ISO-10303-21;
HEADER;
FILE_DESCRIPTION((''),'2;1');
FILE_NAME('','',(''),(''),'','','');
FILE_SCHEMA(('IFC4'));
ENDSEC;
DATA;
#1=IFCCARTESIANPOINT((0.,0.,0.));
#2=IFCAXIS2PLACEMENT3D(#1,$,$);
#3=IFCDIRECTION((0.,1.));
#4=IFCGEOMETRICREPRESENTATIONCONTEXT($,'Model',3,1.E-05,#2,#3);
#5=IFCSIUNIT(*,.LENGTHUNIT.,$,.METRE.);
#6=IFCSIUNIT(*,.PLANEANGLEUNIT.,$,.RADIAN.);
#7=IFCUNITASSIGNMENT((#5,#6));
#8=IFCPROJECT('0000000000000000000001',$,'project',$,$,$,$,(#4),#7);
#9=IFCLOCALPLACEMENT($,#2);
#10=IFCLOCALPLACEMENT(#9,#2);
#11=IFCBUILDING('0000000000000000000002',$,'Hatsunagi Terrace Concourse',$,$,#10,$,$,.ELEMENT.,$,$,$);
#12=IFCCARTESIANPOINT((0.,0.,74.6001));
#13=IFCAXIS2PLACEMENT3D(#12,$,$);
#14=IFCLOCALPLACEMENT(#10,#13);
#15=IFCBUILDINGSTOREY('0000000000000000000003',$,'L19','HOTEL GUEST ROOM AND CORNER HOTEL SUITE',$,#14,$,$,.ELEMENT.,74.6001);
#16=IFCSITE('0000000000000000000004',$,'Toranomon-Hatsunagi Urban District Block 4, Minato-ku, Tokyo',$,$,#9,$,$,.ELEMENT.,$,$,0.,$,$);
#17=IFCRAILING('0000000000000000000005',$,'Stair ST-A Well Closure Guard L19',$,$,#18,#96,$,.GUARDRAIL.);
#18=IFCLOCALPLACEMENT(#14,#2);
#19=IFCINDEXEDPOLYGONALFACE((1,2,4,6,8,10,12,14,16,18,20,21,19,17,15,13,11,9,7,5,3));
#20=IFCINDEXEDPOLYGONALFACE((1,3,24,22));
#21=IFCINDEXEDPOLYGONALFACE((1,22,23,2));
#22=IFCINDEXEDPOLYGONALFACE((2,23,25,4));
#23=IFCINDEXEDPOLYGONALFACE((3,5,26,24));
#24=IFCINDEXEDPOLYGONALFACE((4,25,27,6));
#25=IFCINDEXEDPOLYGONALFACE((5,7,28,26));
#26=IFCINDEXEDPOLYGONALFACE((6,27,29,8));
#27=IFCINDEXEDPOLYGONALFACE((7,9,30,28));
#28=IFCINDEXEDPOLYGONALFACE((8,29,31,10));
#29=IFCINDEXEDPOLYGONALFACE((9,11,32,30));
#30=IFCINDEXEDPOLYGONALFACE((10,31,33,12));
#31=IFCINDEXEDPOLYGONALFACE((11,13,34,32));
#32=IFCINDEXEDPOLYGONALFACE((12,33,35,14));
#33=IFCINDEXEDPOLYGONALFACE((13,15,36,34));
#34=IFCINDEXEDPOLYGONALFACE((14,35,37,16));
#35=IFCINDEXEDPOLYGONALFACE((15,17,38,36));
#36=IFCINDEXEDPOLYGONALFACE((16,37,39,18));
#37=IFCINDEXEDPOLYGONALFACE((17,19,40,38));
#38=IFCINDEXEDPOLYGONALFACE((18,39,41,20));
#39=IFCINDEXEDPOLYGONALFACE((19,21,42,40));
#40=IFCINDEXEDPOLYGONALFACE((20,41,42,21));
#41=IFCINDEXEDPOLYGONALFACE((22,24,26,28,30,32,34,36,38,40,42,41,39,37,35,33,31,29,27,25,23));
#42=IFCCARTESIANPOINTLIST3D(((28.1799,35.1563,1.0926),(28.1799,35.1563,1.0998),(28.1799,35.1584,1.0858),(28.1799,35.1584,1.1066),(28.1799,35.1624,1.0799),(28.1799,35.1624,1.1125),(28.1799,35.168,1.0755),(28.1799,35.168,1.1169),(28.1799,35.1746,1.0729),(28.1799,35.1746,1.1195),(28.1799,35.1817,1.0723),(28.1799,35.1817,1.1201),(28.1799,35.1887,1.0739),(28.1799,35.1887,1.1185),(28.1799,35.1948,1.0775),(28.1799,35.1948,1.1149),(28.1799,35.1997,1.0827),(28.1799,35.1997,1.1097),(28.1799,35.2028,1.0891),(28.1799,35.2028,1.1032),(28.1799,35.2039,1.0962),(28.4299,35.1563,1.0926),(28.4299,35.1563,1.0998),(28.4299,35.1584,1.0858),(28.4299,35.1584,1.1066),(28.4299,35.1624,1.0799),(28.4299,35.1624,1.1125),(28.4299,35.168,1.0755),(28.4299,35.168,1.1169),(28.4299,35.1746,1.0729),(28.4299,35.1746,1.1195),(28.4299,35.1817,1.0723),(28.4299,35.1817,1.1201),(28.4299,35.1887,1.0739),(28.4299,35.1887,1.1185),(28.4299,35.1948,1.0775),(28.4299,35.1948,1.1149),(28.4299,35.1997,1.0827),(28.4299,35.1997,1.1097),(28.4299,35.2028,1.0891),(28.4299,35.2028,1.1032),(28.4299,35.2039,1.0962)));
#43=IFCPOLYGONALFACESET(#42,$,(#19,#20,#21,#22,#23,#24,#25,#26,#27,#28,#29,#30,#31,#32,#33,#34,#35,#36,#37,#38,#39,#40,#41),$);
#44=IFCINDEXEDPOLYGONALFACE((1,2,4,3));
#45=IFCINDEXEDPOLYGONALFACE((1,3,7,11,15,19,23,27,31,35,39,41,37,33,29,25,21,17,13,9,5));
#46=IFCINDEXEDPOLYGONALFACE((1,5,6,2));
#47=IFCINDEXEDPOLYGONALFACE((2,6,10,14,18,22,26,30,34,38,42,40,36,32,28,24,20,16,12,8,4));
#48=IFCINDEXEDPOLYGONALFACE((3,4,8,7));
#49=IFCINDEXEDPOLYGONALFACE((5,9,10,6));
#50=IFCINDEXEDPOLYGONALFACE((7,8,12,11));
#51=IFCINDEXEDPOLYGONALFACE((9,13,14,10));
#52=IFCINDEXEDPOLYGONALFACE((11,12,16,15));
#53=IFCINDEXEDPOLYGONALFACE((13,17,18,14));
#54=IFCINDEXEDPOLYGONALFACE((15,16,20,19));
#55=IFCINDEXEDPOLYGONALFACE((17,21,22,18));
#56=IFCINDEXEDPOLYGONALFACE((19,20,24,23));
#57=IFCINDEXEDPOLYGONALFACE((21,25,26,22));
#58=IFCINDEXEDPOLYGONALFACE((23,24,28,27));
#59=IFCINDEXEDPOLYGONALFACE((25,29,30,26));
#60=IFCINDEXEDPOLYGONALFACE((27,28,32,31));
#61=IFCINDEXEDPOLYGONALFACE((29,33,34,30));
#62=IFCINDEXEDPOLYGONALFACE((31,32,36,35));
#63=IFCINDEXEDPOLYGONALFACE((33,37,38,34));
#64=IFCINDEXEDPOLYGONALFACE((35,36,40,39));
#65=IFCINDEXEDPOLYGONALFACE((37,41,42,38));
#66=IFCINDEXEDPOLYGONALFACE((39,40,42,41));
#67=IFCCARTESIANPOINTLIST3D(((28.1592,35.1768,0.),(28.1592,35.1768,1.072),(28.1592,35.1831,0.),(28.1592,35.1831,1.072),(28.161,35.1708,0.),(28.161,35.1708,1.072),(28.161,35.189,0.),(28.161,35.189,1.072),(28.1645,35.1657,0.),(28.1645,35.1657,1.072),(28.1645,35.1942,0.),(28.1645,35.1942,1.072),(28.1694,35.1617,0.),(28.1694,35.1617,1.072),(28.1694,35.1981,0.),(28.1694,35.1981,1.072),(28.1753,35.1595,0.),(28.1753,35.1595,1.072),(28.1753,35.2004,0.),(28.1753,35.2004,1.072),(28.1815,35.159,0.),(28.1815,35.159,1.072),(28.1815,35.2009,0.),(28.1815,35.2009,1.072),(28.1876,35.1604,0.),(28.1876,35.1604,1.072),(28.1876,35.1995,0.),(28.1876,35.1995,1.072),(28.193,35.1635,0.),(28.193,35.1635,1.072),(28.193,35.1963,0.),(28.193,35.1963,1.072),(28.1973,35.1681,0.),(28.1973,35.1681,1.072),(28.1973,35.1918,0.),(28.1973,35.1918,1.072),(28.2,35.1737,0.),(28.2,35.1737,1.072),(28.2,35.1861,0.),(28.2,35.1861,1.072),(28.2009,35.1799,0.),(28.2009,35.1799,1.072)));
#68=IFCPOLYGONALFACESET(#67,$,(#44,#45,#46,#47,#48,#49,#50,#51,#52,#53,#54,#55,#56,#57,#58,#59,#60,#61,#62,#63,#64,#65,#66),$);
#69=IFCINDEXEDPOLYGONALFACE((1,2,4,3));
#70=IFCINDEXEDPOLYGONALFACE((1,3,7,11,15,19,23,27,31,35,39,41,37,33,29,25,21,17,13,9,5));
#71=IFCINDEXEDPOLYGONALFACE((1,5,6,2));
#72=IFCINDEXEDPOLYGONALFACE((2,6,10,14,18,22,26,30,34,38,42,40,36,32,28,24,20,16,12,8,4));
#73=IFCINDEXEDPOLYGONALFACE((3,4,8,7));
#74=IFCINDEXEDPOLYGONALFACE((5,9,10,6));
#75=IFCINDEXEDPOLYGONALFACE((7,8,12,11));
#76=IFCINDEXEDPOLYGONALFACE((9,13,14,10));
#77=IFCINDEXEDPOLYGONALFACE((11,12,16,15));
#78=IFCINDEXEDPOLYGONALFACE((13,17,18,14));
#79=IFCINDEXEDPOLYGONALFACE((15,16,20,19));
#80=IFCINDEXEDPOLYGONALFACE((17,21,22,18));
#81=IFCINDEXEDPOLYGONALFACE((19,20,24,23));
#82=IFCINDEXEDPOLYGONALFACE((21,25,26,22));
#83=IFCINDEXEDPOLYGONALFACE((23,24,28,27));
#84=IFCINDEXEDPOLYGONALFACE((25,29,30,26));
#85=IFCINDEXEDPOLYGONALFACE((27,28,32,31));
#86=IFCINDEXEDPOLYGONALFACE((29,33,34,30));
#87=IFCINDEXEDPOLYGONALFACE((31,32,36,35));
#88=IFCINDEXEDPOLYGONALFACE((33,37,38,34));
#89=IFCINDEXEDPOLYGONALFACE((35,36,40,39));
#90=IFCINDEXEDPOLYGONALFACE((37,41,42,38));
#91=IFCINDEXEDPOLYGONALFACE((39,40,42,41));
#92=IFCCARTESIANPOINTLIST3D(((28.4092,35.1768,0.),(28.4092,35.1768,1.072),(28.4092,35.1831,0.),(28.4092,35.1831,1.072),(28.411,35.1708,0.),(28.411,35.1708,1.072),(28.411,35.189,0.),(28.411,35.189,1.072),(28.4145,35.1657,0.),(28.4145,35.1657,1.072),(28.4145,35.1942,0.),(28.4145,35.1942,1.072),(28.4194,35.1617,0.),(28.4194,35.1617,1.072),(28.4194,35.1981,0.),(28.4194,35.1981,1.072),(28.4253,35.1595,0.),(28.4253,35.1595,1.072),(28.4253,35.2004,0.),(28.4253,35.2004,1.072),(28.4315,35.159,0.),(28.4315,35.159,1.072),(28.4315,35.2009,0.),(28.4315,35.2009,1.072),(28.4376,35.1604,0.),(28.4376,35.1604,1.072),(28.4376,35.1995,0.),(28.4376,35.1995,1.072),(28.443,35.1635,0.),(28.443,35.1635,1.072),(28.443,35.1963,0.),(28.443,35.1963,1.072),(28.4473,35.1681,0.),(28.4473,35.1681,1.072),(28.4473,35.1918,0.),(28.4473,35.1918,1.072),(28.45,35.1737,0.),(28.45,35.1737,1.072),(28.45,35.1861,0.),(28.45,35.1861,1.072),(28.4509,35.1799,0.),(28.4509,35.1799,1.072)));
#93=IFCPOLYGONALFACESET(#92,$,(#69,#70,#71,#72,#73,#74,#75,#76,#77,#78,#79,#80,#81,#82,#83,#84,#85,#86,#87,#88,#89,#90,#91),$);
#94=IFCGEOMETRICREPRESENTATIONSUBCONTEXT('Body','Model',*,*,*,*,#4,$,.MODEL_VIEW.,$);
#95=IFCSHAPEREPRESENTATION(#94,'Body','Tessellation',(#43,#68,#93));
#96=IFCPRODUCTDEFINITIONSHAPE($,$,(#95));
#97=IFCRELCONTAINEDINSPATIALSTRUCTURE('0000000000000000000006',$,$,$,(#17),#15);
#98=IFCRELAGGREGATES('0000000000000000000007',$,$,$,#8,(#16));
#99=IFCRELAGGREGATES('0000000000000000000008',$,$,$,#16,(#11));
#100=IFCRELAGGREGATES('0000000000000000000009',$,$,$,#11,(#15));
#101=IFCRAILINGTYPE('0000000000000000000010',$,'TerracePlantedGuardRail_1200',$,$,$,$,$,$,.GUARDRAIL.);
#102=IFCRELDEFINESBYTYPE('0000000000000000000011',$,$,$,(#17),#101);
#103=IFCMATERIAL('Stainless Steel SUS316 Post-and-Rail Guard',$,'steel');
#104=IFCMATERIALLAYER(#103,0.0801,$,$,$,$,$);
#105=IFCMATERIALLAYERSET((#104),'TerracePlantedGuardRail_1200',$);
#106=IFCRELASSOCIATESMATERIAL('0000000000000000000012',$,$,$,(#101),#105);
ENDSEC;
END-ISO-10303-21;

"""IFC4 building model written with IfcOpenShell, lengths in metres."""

from ifc_helpers import new_model, si_unit, direction, frame, origin, origin_2d, place, context, subcontext, project, spatial, circle, extrude, material, layer, layer_set, type_object, element, save


model = new_model("IFC4")

# Units and contexts
model_context = context("Model", 3, precision=1e-05, world=origin(), true_north=direction((0.0, 1.0)))
body_context = subcontext(model_context, "Body", "Model", "MODEL_VIEW")
ifc_project = project(units=[si_unit("LENGTHUNIT", "METRE"), si_unit("PLANEANGLEUNIT", "RADIAN")], contexts=[model_context])

# Site, building, storey
site_placement = place(None, origin())
site = spatial("IfcSite", under=ifc_project, at=site_placement, Name="Toranomon-Hatsunagi Urban District Block 4, Minato-ku, Tokyo", CompositionType="ELEMENT", RefElevation=0.0)
building_placement = place(site_placement, origin())
building = spatial("IfcBuilding", under=site, at=building_placement, Name="Hatsunagi Terrace Concourse", CompositionType="ELEMENT")
storey_placement = place(building_placement, frame((0.0, 0.0, 74.6001)))
storey = spatial("IfcBuildingStorey", under=building, at=storey_placement, Name="L19", Description="HOTEL GUEST ROOM AND CORNER HOTEL SUITE", CompositionType="ELEMENT", Elevation=74.6001)

# Railing
ifc_material_1 = material(Name="Stainless Steel SUS316 Post-and-Rail Guard", Category="steel")
ifc_layer_1 = layer(ifc_material_1, 0.0801)
ifc_layer_set_1 = layer_set([ifc_layer_1], Name="TerracePlantedGuardRail_1200")
railing_type_1 = type_object("IfcRailingType", Name="TerracePlantedGuardRail_1200", PredefinedType="GUARDRAIL", material=ifc_layer_set_1)
railing_1_placement = place(storey_placement, frame((28.1799, 35.1799, 0.0)))
element("IfcRailing", 1, at=railing_1_placement, inside=storey, type_object=railing_type_1, Name="Stair ST-A Well Closure Guard L19", PredefinedType="GUARDRAIL", context=body_context, shape_type="SweptSolid", body=[
    extrude(circle(Radius=0.0239, at=origin_2d()), frame((0.0, 0.0, 1.0962), z_axis=(1.0, 0.0, 0.0), x_axis=(0.0, 1.0, 0.0)), (0.0, 0.0, 1.0), 0.25),
    extrude(circle(Radius=0.021, at=origin_2d()), origin(), (0.0, 0.0, 1.0), 1.072),
    extrude(circle(Radius=0.021, at=origin_2d()), frame((0.25, 0.0, 0.0)), (0.0, 0.0, 1.0), 1.072),
])

save(model, "model.ifc")
